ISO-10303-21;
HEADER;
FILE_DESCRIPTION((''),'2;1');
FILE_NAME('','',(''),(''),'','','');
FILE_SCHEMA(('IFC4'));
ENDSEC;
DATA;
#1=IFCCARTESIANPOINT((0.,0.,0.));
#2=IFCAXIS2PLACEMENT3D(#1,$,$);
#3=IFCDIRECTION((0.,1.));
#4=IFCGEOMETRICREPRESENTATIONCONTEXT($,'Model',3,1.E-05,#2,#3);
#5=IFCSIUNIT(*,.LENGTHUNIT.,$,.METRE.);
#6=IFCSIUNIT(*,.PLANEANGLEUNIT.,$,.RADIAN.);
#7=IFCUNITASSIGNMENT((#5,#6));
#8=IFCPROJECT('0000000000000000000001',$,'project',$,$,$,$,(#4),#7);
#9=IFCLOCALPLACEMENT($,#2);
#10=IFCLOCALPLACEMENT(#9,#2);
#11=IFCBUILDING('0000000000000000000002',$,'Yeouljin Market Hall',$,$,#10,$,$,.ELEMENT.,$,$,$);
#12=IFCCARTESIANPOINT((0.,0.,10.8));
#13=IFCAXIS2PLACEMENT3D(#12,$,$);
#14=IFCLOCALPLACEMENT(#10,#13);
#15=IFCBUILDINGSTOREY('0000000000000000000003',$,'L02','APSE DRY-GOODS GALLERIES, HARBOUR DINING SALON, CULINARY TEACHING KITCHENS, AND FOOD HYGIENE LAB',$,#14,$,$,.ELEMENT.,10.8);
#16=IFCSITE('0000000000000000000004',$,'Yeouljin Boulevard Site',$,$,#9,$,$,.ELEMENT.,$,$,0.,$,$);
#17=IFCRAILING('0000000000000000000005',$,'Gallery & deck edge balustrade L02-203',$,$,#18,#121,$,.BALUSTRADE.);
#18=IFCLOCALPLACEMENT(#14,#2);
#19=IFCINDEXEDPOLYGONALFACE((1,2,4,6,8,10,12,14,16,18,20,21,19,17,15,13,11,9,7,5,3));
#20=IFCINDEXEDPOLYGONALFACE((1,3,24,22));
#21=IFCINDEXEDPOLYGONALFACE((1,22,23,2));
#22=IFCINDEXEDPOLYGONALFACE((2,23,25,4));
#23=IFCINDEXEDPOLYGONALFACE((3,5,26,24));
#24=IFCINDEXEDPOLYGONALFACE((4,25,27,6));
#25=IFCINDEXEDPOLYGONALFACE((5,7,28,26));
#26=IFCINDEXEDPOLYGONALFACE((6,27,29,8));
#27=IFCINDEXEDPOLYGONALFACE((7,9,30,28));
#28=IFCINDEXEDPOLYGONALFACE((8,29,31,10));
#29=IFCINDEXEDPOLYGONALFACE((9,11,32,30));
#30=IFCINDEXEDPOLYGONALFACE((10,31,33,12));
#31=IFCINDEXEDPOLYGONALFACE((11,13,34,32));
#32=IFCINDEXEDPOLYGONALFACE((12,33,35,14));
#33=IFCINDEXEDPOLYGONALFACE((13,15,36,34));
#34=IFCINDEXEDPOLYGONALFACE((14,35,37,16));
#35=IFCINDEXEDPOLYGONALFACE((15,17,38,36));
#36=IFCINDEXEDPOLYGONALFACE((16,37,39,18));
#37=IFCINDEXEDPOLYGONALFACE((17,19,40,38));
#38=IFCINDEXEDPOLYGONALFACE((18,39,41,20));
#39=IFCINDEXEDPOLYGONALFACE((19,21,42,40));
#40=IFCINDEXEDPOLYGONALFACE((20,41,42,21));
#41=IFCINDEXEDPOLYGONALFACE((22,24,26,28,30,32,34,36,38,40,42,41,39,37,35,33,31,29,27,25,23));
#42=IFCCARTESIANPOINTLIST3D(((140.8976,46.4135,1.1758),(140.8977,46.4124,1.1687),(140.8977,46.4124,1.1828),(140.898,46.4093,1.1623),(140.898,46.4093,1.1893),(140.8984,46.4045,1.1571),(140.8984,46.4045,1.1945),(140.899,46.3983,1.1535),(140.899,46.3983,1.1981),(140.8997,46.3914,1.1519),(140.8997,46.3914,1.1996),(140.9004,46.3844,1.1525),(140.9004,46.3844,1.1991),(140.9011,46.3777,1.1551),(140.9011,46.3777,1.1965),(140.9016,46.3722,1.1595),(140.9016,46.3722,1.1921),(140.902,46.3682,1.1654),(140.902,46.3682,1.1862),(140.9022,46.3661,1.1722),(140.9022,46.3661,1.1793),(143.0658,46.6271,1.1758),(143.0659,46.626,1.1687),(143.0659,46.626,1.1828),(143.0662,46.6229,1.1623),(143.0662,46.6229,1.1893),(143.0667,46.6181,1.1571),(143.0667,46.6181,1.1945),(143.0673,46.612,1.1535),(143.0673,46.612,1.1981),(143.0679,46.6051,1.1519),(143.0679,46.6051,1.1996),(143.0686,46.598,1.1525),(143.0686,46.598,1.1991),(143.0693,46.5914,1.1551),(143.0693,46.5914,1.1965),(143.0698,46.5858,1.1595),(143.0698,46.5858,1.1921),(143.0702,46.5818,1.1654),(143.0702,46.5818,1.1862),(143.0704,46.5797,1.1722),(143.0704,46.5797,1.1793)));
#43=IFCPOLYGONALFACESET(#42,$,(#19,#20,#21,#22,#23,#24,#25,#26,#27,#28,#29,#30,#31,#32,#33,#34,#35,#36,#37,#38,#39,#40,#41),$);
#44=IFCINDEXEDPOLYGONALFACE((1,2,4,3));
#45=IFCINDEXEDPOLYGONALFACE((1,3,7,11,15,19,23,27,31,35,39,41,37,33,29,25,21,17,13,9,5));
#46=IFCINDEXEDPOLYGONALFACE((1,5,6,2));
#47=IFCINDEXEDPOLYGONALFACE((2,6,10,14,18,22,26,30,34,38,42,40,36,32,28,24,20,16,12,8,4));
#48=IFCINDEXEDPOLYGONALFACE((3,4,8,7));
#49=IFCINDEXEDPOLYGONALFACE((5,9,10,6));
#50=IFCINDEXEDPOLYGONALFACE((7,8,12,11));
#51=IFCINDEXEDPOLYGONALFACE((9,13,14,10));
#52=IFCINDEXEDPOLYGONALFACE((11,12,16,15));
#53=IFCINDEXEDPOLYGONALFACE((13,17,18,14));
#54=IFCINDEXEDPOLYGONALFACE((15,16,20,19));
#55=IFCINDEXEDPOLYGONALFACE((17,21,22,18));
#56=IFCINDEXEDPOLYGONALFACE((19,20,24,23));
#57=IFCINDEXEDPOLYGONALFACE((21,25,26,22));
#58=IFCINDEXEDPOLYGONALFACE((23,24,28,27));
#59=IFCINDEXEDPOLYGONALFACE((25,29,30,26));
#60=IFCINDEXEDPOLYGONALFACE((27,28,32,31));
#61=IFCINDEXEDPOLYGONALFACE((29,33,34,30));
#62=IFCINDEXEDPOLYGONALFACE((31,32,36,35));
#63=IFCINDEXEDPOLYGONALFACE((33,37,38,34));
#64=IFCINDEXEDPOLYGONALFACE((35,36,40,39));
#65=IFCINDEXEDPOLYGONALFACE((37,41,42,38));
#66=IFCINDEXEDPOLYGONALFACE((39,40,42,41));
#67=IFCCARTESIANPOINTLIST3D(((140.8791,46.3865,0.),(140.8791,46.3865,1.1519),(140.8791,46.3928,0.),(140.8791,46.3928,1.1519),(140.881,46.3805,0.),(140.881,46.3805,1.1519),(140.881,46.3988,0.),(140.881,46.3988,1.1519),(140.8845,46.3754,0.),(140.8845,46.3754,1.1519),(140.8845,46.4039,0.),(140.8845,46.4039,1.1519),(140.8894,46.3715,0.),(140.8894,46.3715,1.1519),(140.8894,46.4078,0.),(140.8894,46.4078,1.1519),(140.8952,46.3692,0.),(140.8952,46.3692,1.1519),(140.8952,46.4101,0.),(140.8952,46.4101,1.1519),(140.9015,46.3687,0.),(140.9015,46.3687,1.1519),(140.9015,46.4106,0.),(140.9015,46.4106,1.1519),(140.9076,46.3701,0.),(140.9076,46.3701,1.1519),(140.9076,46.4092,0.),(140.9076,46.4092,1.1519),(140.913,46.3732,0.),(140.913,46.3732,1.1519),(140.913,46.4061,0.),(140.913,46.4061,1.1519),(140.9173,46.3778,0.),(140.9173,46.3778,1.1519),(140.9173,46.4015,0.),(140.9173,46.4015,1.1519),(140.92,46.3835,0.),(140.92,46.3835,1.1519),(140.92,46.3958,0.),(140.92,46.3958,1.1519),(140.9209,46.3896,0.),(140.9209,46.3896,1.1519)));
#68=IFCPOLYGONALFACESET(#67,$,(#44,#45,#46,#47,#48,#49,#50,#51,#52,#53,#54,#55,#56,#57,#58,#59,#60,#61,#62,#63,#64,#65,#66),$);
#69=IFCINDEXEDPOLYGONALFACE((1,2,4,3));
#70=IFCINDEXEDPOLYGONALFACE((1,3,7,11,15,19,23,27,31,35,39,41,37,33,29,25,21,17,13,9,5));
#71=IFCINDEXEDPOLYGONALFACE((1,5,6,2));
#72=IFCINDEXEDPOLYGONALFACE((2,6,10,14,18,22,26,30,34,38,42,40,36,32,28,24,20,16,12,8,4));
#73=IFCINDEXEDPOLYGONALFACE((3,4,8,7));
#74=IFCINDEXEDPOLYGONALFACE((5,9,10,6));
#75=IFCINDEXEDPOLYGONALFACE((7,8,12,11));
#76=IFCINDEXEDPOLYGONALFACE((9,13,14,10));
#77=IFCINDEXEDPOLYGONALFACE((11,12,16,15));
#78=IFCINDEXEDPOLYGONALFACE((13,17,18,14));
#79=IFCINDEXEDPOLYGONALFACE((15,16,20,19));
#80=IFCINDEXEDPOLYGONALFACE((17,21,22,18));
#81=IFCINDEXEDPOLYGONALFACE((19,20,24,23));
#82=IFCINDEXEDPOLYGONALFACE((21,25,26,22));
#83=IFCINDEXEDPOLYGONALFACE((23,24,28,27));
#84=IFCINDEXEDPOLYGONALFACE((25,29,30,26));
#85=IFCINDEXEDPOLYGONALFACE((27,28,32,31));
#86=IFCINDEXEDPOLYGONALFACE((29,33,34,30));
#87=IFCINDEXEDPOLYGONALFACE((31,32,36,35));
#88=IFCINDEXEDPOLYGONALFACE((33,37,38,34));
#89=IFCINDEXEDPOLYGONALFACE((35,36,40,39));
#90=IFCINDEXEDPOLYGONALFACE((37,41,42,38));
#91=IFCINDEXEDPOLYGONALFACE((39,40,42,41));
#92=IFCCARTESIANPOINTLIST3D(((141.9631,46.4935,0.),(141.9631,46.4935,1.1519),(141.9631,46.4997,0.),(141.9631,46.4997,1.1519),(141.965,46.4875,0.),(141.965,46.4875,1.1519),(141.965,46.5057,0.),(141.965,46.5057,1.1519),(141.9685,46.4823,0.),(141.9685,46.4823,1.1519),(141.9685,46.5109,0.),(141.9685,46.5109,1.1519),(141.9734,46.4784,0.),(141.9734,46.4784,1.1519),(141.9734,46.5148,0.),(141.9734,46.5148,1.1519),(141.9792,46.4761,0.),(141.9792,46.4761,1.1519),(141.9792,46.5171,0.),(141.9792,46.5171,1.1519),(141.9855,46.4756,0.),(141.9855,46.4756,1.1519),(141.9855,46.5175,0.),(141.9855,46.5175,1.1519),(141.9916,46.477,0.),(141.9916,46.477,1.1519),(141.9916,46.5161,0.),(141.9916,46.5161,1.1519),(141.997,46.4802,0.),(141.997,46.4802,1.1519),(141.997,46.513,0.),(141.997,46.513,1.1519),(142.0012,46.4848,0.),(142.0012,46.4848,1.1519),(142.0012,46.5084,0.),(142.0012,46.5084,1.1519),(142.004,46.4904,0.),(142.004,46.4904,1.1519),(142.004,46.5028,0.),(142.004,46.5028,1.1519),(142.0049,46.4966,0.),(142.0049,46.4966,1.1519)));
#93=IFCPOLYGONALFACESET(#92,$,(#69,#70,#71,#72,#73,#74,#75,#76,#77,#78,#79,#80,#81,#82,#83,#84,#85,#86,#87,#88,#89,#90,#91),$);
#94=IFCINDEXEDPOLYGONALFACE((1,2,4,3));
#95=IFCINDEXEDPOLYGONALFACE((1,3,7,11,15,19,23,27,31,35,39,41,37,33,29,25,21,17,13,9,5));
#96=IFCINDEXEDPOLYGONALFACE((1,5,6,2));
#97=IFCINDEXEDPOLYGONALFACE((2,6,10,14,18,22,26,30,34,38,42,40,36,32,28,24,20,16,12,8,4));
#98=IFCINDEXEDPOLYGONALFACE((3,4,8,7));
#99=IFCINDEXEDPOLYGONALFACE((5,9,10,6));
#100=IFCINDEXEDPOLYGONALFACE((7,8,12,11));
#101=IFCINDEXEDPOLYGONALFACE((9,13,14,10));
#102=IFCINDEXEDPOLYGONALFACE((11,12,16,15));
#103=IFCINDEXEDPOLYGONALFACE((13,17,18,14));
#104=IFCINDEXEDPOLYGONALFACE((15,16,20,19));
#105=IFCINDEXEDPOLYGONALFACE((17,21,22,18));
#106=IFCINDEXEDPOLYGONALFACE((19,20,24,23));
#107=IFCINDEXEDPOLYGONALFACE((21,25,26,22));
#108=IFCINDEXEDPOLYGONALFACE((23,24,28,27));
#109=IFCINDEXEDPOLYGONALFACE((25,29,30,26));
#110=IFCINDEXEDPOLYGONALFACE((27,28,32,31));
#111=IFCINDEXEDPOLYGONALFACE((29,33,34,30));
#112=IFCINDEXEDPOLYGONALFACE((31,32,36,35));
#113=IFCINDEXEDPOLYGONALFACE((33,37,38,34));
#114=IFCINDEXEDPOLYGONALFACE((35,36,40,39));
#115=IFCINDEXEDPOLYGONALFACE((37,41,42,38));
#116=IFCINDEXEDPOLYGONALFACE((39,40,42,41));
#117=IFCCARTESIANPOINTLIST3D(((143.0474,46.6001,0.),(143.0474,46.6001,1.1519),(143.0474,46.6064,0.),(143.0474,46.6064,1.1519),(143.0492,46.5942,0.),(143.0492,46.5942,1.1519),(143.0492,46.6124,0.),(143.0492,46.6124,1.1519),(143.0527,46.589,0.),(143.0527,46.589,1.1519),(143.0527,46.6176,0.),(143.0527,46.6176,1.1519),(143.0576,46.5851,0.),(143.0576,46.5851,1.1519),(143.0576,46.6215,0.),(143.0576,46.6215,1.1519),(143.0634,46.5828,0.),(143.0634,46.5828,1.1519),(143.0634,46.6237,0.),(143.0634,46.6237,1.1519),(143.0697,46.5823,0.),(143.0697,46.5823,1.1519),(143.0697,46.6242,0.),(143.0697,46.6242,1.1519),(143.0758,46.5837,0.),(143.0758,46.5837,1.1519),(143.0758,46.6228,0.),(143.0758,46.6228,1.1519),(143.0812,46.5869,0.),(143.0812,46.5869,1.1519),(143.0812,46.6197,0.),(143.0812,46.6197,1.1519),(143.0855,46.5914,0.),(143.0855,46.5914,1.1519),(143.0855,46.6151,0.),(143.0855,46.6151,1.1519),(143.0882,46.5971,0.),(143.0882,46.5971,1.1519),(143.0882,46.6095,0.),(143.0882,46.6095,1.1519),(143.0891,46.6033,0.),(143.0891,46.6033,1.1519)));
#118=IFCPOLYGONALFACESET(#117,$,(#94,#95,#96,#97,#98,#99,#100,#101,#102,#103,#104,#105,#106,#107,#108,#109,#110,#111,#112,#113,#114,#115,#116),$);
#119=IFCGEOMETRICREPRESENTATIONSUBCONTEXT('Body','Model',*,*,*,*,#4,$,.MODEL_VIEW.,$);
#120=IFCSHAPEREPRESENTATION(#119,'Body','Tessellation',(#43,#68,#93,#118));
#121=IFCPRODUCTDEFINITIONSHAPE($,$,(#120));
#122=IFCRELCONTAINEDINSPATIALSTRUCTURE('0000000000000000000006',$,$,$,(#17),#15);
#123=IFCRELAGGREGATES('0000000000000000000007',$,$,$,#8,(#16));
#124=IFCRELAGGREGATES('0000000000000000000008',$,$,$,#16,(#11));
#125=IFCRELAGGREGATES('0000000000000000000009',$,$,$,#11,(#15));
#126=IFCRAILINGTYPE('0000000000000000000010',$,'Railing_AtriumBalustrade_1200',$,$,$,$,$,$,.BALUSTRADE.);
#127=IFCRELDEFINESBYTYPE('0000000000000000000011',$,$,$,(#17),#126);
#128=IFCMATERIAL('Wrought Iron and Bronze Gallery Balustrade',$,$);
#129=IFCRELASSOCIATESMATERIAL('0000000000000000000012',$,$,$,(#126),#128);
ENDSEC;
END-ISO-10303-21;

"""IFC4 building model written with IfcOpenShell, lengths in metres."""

from ifc_helpers import new_model, si_unit, direction, frame, origin, origin_2d, place, context, subcontext, project, spatial, circle, extrude, material, type_object, element, save


model = new_model("IFC4")

# Units and contexts
model_context = context("Model", 3, precision=1e-05, world=origin(), true_north=direction((0.0, 1.0)))
body_context = subcontext(model_context, "Body", "Model", "MODEL_VIEW")
ifc_project = project(units=[si_unit("LENGTHUNIT", "METRE"), si_unit("PLANEANGLEUNIT", "RADIAN")], contexts=[model_context])

# Site, building, storey
site_placement = place(None, origin())
site = spatial("IfcSite", under=ifc_project, at=site_placement, Name="Yeouljin Boulevard Site", CompositionType="ELEMENT", RefElevation=0.0)
building_placement = place(site_placement, origin())
building = spatial("IfcBuilding", under=site, at=building_placement, Name="Yeouljin Market Hall", CompositionType="ELEMENT")
storey_placement = place(building_placement, frame((0.0, 0.0, 10.8)))
storey = spatial("IfcBuildingStorey", under=building, at=storey_placement, Name="L02", Description="APSE DRY-GOODS GALLERIES, HARBOUR DINING SALON, CULINARY TEACHING KITCHENS, AND FOOD HYGIENE LAB", CompositionType="ELEMENT", Elevation=10.8)

# Railing
ifc_material_1 = material(Name="Wrought Iron and Bronze Gallery Balustrade")
railing_type = type_object("IfcRailingType", Name="Railing_AtriumBalustrade_1200", PredefinedType="BALUSTRADE", material=ifc_material_1)
railing_1_placement = place(storey_placement, frame((140.8999, 46.3896, 0.0)))
element("IfcRailing", 1, at=railing_1_placement, inside=storey, type_object=railing_type, Name="Gallery & deck edge balustrade L02-203", PredefinedType="BALUSTRADE", context=body_context, shape_type="SweptSolid", body=[
    extrude(circle(Radius=0.0239, at=origin_2d()), frame((0.0, 0.0, 1.1758), z_axis=(0.995181, 0.09805, 0.0), x_axis=(-0.09805, 0.995181, 0.0)), (0.0, 0.0, 1.0), 2.1787),
    extrude(circle(Radius=0.021, at=origin_2d()), origin(), (0.0, 0.0, 1.0), 1.1519),
    extrude(circle(Radius=0.021, at=origin_2d()), frame((1.084, 0.1069, 0.0)), (0.0, 0.0, 1.0), 1.1519),
    extrude(circle(Radius=0.021, at=origin_2d()), frame((2.1682, 0.2136, 0.0)), (0.0, 0.0, 1.0), 1.1519),
])

save(model, "model.ifc")
